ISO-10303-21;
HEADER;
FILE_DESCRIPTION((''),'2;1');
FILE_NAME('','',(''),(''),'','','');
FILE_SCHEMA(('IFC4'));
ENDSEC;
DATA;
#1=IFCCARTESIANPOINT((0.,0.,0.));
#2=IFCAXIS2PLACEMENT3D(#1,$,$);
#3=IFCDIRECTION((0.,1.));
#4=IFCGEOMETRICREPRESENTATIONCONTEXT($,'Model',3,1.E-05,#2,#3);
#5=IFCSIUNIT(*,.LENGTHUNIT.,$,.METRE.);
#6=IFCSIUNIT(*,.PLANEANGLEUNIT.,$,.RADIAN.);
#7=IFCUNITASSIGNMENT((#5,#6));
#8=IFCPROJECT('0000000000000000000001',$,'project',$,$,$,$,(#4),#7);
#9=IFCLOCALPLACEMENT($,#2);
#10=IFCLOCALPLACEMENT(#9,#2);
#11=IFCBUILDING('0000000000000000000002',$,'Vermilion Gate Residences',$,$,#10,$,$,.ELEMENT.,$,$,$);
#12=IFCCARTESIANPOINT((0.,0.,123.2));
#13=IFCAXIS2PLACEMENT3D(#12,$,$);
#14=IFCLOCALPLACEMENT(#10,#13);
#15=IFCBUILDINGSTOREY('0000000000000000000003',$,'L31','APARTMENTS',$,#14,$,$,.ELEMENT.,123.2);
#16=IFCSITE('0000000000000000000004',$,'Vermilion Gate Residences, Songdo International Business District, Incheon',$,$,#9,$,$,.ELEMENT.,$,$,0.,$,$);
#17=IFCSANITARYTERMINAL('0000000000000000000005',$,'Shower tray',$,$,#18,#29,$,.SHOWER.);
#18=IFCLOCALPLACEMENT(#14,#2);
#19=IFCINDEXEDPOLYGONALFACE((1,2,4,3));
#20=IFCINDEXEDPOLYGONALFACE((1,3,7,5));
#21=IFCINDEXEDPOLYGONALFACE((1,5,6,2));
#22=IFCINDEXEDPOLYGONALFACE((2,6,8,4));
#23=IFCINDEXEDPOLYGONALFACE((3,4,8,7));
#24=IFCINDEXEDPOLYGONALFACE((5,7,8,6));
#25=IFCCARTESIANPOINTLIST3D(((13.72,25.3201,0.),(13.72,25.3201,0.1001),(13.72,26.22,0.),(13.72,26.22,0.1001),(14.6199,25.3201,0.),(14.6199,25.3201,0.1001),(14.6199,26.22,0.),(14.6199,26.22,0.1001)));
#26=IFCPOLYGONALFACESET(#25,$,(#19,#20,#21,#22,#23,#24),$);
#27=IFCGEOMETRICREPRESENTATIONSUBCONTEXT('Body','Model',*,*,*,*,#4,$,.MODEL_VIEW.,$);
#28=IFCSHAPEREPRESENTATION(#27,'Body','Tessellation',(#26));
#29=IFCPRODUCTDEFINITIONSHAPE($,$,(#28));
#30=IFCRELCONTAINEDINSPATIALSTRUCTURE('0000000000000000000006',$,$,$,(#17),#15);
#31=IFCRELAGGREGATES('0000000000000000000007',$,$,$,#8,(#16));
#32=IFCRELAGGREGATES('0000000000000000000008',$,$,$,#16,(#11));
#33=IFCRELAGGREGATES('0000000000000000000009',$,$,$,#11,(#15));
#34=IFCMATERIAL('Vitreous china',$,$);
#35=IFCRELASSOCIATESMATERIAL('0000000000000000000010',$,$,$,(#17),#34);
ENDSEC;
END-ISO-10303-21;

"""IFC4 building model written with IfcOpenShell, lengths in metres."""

from ifc_helpers import new_model, si_unit, direction, frame, origin, origin_2d, place, context, subcontext, project, spatial, rectangle, extrude, material, element, save


model = new_model("IFC4")

# Units and contexts
model_context = context("Model", 3, precision=1e-05, world=origin(), true_north=direction((0.0, 1.0)))
body_context = subcontext(model_context, "Body", "Model", "MODEL_VIEW")
ifc_project = project(units=[si_unit("LENGTHUNIT", "METRE"), si_unit("PLANEANGLEUNIT", "RADIAN")], contexts=[model_context])

# Site, building, storey
site_placement = place(None, origin())
site = spatial("IfcSite", under=ifc_project, at=site_placement, Name="Vermilion Gate Residences, Songdo International Business District, Incheon", CompositionType="ELEMENT", RefElevation=0.0)
building_placement = place(site_placement, origin())
building = spatial("IfcBuilding", under=site, at=building_placement, Name="Vermilion Gate Residences", CompositionType="ELEMENT")
storey_placement = place(building_placement, frame((0.0, 0.0, 123.2)))
storey = spatial("IfcBuildingStorey", under=building, at=storey_placement, Name="L31", Description="APARTMENTS", CompositionType="ELEMENT", Elevation=123.2)

# Sanitary terminal
ifc_material_1 = material(Name="Vitreous china")
sanitary_terminal_1_placement = place(storey_placement, frame((14.1699, 25.77, 0.0), z_axis=(0.0, 0.0, 1.0), x_axis=(1.0, 0.0, 0.0)))
element("IfcSanitaryTerminal", 1, at=sanitary_terminal_1_placement, inside=storey, material=ifc_material_1, Name="Shower tray", PredefinedType="SHOWER", context=body_context, shape_type="SweptSolid", body=[
    extrude(rectangle(XDim=0.8999, YDim=0.8999, at=origin_2d()), origin(), (0.0, 0.0, 1.0), 0.1001),
])

save(model, "model.ifc")
